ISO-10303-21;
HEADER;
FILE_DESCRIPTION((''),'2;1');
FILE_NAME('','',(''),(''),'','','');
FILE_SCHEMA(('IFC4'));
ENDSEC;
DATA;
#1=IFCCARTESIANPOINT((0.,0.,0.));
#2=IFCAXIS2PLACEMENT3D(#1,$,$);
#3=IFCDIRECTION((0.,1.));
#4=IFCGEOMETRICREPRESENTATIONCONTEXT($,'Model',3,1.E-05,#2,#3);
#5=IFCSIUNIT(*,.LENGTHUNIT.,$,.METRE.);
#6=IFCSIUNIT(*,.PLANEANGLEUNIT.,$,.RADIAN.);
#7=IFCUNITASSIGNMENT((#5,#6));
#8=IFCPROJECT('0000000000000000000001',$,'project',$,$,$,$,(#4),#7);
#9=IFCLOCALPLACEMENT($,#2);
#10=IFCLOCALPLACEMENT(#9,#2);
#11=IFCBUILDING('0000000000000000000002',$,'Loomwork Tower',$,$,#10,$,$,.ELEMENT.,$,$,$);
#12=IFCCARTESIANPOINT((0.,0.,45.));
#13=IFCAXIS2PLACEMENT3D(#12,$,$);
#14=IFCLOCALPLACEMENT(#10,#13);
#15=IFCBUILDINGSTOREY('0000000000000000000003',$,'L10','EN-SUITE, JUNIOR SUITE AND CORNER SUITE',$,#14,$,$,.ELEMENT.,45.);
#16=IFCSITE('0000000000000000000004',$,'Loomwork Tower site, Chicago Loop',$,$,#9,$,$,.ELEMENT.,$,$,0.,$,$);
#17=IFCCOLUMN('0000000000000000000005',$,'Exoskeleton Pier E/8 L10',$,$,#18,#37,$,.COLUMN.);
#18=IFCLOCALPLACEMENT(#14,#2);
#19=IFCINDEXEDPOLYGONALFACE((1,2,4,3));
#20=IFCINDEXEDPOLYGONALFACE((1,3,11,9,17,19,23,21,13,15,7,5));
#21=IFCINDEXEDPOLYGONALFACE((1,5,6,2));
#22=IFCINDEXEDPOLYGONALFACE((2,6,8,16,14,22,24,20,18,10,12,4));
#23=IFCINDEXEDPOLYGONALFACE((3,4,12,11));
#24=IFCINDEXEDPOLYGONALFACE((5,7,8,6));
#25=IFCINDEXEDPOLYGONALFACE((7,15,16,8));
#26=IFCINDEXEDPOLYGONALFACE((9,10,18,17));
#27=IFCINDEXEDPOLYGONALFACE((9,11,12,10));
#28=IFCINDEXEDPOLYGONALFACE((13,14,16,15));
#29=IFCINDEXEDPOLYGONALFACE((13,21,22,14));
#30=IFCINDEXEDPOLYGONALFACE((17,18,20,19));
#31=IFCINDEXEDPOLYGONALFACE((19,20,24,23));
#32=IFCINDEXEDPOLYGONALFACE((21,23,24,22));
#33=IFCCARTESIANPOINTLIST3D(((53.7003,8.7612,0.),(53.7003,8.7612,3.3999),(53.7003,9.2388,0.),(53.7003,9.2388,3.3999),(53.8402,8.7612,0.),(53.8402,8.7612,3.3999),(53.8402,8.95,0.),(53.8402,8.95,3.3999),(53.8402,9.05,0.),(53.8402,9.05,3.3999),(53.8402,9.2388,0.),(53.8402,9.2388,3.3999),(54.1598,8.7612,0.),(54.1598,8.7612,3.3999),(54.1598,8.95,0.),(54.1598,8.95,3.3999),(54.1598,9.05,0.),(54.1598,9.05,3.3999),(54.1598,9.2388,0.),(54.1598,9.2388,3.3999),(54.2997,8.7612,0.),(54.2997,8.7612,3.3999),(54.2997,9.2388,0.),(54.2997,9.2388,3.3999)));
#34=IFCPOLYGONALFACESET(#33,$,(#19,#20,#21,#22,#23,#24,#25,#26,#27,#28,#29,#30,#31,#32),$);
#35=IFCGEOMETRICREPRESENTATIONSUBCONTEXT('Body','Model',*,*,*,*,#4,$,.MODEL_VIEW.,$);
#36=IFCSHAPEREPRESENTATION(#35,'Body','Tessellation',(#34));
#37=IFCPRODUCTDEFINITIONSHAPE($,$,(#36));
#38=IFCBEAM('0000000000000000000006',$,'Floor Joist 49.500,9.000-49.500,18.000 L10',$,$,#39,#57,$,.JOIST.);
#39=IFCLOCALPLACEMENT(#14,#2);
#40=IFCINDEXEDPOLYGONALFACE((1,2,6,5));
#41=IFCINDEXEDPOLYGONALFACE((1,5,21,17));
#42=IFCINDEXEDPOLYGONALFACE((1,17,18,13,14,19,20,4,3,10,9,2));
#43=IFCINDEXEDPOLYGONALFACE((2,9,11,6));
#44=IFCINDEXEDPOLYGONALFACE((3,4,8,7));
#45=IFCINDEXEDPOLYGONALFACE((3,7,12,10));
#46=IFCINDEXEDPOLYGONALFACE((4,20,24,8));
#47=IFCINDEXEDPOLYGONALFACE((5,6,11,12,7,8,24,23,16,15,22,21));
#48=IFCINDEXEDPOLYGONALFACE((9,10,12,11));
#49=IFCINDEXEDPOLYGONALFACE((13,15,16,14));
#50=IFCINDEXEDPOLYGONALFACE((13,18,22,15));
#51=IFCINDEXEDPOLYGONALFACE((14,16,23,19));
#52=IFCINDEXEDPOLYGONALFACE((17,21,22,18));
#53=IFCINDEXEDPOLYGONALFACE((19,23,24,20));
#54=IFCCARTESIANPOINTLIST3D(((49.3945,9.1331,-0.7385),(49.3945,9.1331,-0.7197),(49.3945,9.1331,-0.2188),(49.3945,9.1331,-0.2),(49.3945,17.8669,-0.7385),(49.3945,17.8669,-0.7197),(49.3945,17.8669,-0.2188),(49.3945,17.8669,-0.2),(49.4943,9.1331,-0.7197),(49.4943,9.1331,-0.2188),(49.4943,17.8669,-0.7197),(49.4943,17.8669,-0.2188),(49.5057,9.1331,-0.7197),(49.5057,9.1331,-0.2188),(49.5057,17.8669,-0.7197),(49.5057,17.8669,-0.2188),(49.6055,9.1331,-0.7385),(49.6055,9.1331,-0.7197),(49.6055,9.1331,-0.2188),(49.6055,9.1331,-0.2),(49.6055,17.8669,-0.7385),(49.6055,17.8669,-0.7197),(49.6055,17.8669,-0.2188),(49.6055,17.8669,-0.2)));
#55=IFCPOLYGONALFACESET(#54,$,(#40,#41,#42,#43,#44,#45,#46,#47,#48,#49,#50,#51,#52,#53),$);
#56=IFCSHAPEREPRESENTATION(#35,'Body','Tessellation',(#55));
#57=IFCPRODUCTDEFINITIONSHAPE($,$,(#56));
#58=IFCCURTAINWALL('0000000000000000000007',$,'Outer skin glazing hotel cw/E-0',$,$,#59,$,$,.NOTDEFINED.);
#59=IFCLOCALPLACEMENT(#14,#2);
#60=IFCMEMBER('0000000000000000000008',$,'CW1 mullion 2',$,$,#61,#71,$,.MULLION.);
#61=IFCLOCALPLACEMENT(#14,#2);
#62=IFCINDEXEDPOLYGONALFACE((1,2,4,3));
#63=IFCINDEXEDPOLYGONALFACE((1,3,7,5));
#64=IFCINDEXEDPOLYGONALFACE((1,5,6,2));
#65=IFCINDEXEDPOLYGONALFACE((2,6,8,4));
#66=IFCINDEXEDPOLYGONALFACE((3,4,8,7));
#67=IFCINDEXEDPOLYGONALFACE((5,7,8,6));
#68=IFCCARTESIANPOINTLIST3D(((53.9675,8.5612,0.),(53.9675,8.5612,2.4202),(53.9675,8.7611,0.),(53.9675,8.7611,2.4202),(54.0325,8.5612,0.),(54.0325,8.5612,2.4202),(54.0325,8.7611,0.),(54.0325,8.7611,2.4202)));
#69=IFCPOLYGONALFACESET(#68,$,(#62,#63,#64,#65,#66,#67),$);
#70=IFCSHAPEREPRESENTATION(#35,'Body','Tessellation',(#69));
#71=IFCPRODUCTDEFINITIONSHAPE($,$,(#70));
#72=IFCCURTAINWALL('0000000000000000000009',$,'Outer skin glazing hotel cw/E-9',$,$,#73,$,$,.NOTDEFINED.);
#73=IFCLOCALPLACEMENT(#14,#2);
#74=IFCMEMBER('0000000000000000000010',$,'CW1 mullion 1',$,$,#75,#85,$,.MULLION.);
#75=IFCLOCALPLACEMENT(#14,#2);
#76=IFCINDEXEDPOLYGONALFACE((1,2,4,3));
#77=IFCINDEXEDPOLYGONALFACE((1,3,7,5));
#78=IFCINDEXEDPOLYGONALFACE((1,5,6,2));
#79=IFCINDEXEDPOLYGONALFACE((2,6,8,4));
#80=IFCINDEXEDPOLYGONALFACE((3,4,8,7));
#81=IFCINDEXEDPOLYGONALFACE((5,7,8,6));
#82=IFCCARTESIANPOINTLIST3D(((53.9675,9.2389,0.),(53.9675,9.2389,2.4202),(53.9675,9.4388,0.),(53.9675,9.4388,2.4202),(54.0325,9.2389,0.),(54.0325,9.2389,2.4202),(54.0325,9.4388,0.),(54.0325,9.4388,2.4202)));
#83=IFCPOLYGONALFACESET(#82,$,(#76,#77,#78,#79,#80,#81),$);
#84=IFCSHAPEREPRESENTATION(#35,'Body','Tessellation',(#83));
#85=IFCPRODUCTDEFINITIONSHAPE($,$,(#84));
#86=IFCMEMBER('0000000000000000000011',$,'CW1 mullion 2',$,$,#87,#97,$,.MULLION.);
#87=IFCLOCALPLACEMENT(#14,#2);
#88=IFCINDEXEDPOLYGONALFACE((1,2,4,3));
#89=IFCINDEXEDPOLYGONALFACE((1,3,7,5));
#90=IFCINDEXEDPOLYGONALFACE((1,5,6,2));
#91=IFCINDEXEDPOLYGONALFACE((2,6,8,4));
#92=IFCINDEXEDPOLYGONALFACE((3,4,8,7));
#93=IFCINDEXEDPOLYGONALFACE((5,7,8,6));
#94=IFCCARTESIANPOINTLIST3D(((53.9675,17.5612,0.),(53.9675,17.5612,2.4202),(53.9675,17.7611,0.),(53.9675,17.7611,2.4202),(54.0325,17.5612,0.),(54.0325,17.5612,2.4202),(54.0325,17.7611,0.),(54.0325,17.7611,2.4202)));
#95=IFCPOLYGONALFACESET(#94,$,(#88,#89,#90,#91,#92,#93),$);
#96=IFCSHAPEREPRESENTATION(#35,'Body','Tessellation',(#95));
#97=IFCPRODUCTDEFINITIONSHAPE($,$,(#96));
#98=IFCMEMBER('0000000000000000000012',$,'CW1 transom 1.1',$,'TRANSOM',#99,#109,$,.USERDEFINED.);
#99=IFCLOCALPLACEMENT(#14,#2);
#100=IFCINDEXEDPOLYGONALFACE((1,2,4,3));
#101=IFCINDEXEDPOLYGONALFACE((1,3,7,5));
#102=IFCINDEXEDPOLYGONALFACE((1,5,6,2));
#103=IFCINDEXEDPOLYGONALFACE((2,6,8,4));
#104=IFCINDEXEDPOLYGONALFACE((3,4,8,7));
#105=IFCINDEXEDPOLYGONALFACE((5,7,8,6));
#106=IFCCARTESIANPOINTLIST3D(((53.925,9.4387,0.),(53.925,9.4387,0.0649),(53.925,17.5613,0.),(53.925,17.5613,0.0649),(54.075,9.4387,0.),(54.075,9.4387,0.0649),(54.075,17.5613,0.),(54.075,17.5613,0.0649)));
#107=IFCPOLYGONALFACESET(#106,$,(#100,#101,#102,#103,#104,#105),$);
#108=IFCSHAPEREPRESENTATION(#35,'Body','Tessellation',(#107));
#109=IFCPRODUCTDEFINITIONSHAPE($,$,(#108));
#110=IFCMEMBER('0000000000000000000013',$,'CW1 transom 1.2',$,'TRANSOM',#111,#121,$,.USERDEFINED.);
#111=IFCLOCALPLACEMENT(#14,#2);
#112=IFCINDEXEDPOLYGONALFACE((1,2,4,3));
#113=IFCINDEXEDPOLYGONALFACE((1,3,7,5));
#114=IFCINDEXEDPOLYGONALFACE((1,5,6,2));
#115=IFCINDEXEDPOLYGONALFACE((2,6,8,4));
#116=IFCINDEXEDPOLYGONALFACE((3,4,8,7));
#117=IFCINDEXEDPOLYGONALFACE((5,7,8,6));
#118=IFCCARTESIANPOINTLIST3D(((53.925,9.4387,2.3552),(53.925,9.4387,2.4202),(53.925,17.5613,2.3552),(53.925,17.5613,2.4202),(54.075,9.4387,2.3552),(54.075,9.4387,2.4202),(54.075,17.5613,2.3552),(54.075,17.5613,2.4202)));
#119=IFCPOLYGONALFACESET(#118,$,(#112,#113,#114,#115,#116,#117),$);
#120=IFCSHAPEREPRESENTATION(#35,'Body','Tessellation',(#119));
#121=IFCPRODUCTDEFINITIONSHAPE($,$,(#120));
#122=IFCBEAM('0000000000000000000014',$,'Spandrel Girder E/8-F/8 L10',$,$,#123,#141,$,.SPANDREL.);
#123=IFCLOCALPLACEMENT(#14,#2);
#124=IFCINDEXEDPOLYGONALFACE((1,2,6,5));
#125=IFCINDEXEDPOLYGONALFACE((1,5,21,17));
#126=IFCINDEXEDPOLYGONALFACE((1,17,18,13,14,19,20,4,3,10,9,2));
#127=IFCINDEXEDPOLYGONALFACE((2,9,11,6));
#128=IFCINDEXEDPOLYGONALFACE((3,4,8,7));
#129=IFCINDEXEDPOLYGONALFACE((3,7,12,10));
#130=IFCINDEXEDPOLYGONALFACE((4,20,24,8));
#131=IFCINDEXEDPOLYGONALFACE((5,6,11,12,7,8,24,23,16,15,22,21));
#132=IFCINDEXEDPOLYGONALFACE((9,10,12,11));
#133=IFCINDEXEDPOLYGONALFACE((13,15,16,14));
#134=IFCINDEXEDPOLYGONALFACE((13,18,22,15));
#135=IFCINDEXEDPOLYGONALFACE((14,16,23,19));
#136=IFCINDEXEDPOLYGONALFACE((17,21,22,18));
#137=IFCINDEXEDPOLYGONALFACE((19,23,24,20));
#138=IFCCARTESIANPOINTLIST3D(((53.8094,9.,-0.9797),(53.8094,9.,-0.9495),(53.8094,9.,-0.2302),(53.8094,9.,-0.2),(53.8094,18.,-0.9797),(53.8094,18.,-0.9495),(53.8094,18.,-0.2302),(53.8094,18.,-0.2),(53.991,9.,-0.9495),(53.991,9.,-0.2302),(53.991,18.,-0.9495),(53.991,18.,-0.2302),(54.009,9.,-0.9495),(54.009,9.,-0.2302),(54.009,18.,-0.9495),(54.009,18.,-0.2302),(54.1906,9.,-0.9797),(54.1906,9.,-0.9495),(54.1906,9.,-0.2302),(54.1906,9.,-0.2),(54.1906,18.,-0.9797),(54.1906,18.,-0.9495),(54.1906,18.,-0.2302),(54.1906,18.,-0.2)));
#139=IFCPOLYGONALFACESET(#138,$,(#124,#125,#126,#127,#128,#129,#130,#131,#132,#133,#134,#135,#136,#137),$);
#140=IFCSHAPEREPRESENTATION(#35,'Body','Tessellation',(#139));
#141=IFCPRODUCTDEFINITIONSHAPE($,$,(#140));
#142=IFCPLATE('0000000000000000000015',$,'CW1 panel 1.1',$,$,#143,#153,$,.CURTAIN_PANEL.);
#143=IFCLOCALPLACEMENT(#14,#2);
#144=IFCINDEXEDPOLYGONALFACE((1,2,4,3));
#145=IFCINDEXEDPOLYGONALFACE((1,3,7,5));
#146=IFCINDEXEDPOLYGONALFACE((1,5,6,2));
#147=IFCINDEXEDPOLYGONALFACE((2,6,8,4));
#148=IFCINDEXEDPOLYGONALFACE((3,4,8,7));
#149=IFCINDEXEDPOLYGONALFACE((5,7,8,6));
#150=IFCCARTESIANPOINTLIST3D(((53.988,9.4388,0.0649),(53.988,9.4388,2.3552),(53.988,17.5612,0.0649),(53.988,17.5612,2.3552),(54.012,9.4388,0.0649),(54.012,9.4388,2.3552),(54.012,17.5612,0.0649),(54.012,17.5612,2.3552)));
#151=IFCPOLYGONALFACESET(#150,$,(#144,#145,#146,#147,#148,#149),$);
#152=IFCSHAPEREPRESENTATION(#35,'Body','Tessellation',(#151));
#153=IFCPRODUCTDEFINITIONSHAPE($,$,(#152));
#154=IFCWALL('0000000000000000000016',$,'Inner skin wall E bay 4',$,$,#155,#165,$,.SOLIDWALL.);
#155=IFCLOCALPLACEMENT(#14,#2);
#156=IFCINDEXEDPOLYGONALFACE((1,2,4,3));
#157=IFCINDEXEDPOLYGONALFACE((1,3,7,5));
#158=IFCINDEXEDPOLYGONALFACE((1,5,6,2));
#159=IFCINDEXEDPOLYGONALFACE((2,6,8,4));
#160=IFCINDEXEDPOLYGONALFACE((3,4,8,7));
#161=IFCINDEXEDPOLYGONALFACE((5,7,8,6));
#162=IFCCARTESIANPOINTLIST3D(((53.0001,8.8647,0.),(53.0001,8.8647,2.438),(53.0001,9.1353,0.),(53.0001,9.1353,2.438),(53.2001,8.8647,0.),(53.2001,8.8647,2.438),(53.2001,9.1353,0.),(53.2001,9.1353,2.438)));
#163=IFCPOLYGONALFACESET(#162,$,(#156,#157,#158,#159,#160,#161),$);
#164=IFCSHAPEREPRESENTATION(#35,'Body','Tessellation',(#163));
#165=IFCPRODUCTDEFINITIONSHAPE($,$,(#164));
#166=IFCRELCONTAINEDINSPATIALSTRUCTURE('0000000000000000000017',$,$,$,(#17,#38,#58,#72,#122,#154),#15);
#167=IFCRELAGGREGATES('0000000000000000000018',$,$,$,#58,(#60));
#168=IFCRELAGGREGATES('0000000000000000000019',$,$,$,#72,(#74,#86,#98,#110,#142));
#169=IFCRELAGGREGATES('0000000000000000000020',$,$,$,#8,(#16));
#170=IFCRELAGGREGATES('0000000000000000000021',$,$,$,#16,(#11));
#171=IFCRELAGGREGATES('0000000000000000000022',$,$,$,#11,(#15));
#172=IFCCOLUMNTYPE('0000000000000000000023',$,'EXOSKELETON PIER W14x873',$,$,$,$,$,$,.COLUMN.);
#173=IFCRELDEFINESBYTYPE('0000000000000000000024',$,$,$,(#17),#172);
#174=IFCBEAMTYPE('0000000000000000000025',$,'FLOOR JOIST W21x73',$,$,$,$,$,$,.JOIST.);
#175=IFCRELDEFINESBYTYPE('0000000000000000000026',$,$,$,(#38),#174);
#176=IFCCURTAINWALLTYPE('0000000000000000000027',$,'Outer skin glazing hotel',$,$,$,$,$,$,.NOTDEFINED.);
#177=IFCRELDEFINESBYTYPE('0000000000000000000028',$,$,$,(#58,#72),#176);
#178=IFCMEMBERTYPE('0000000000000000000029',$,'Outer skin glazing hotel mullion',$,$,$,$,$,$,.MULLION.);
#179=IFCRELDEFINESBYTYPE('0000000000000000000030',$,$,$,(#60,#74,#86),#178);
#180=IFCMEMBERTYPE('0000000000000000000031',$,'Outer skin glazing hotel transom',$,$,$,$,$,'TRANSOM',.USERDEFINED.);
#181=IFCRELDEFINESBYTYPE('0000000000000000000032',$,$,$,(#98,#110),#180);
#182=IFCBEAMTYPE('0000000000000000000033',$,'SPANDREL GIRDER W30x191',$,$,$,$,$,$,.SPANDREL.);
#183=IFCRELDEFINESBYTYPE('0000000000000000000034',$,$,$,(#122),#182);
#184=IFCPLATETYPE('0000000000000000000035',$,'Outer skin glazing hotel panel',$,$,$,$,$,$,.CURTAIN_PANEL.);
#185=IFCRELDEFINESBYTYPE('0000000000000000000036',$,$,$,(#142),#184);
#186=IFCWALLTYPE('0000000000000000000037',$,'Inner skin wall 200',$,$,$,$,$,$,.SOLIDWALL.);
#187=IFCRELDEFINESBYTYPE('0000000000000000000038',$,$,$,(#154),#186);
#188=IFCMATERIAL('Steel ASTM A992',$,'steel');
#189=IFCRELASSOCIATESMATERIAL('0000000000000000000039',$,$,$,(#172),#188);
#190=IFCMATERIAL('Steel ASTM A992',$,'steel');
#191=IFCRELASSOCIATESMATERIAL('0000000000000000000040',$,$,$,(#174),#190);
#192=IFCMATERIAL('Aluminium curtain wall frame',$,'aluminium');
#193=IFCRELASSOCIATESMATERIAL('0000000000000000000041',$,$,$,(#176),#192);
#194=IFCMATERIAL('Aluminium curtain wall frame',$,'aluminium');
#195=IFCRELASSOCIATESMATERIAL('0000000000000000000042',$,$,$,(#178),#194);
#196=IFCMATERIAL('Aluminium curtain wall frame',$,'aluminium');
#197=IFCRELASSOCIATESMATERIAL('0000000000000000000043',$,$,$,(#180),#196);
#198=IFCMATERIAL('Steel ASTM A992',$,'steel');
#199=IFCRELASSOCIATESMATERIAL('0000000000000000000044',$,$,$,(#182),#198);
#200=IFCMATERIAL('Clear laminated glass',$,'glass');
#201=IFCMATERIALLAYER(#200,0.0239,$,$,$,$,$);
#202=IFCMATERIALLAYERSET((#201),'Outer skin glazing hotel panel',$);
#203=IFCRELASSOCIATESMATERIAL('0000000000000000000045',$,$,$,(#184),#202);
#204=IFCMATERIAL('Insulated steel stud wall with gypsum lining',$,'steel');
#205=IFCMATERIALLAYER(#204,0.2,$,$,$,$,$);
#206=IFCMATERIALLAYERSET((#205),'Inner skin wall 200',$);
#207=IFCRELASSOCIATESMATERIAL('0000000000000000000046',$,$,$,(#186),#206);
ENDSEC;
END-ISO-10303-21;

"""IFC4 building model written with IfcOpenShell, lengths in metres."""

from ifc_helpers import new_model, si_unit, direction, frame, frame_2d, origin, origin_2d, place, context, subcontext, project, spatial, rectangle, i_section, extrude, material, layer, layer_set, material_profile, profile_set, type_object, element, aggregate, save


model = new_model("IFC4")

# Units and contexts
model_context = context("Model", 3, precision=1e-05, world=origin(), true_north=direction((0.0, 1.0)))
body_context = subcontext(model_context, "Body", "Model", "MODEL_VIEW")
ifc_project = project(units=[si_unit("LENGTHUNIT", "METRE"), si_unit("PLANEANGLEUNIT", "RADIAN")], contexts=[model_context])

# Site, building, storey
site_placement = place(None, origin())
site = spatial("IfcSite", under=ifc_project, at=site_placement, Name="Loomwork Tower site, Chicago Loop", CompositionType="ELEMENT", RefElevation=0.0)
building_placement = place(site_placement, origin())
building = spatial("IfcBuilding", under=site, at=building_placement, Name="Loomwork Tower", CompositionType="ELEMENT")
storey_placement = place(building_placement, frame((0.0, 0.0, 45.0)))
storey = spatial("IfcBuildingStorey", under=building, at=storey_placement, Name="L10", Description="EN-SUITE, JUNIOR SUITE AND CORNER SUITE", CompositionType="ELEMENT", Elevation=45.0)

# Column
ifc_material_1 = material(Name="Steel ASTM A992", Category="steel")
ifc_material_profile_1 = material_profile(ifc_material_1, i_section(OverallWidth=0.4775, OverallDepth=0.5994, WebThickness=0.1001, FlangeThickness=0.1399, at=origin_2d()), Name="W14x873")
ifc_profile_set_1 = profile_set([ifc_material_profile_1], Name="Steel ASTM A992")
column_type = type_object("IfcColumnType", Name="EXOSKELETON PIER W14x873", PredefinedType="COLUMN", material=ifc_profile_set_1)
column_placement = place(storey_placement, frame((54.0, 9.0, 0.0), z_axis=(0.0, 0.0, 1.0), x_axis=(0.0, 1.0, 0.0)))
element("IfcColumn", 1, at=column_placement, inside=storey, type_object=column_type, Name="Exoskeleton Pier E/8 L10", PredefinedType="COLUMN", context=body_context, shape_type="SweptSolid", body=[
    extrude(i_section(OverallWidth=0.4775, OverallDepth=0.5994, WebThickness=0.1001, FlangeThickness=0.1399, at=origin_2d()), origin(), (0.0, 0.0, 1.0), 3.3999),
])

# Beam
ifc_material_2 = material(Name="Steel ASTM A992", Category="steel")
ifc_material_profile_2 = material_profile(ifc_material_2, i_section(OverallWidth=0.2109, OverallDepth=0.5386, WebThickness=0.0115, FlangeThickness=0.0188, at=origin_2d()), Name="W21x73")
ifc_profile_set_2 = profile_set([ifc_material_profile_2], Name="Steel ASTM A992")
beam_type_1 = type_object("IfcBeamType", Name="FLOOR JOIST W21x73", PredefinedType="JOIST", material=ifc_profile_set_2)
beam_1_placement = place(storey_placement, frame((49.5, 9.1331, -0.4692), z_axis=(0.0, 1.0, 0.0), x_axis=(-1.0, 0.0, 0.0)))
element("IfcBeam", 2, at=beam_1_placement, inside=storey, type_object=beam_type_1, Name="Floor Joist 49.500,9.000-49.500,18.000 L10", PredefinedType="JOIST", context=body_context, shape_type="SweptSolid", body=[
    extrude(i_section(OverallWidth=0.2109, OverallDepth=0.5386, WebThickness=0.0115, FlangeThickness=0.0188, at=origin_2d()), origin(), (0.0, 0.0, 1.0), 8.7339),
])

# Curtain wall, member
ifc_material_3 = material(Name="Aluminium curtain wall frame", Category="aluminium")
curtain_wall_type = type_object("IfcCurtainWallType", Name="Outer skin glazing hotel", PredefinedType="NOTDEFINED", material=ifc_material_3)
curtain_wall_1_placement = place(storey_placement, origin())
curtain_wall_1 = element("IfcCurtainWall", 3, at=curtain_wall_1_placement, inside=storey, type_object=curtain_wall_type, Name="Outer skin glazing hotel cw/E-0", PredefinedType="NOTDEFINED")
ifc_material_4 = material(Name="Aluminium curtain wall frame", Category="aluminium")
ifc_material_profile_3 = material_profile(ifc_material_4, rectangle(XDim=0.0649, YDim=0.2, at=origin_2d()), Name="AL 65x200")
ifc_profile_set_3 = profile_set([ifc_material_profile_3], Name="Aluminium curtain wall frame")
member_type_1 = type_object("IfcMemberType", Name="Outer skin glazing hotel mullion", PredefinedType="MULLION", material=ifc_profile_set_3)
member_1_placement = place(storey_placement, frame((54.0, 8.6611, 0.0), z_axis=(0.0, 0.0, 1.0), x_axis=(-1.0, 0.0, 0.0)))
member_1 = element("IfcMember", 4, at=member_1_placement, type_object=member_type_1, Name="CW1 mullion 2", PredefinedType="MULLION", context=body_context, shape_type="SweptSolid", body=[
    extrude(rectangle(XDim=0.0649, YDim=0.2, at=origin_2d()), origin(), (0.0, 0.0, 1.0), 2.4202),
])
aggregate(curtain_wall_1, [member_1])

# Curtain wall, members
curtain_wall_2_placement = place(storey_placement, origin())
curtain_wall_2 = element("IfcCurtainWall", 5, at=curtain_wall_2_placement, inside=storey, type_object=curtain_wall_type, Name="Outer skin glazing hotel cw/E-9", PredefinedType="NOTDEFINED")
member_2_placement = place(storey_placement, frame((54.0, 9.3389, 0.0), z_axis=(0.0, 0.0, 1.0), x_axis=(-1.0, 0.0, 0.0)))
member_2 = element("IfcMember", 6, at=member_2_placement, type_object=member_type_1, Name="CW1 mullion 1", PredefinedType="MULLION", context=body_context, shape_type="SweptSolid", body=[
    extrude(rectangle(XDim=0.0649, YDim=0.2, at=origin_2d()), origin(), (0.0, 0.0, 1.0), 2.4202),
])
member_3_placement = place(storey_placement, frame((54.0, 17.6611, 0.0), z_axis=(0.0, 0.0, 1.0), x_axis=(-1.0, 0.0, 0.0)))
member_3 = element("IfcMember", 7, at=member_3_placement, type_object=member_type_1, Name="CW1 mullion 2", PredefinedType="MULLION", context=body_context, shape_type="SweptSolid", body=[
    extrude(rectangle(XDim=0.0649, YDim=0.2, at=origin_2d()), origin(), (0.0, 0.0, 1.0), 2.4202),
])
ifc_material_5 = material(Name="Aluminium curtain wall frame", Category="aluminium")
ifc_material_profile_4 = material_profile(ifc_material_5, rectangle(XDim=0.1499, YDim=0.0649, at=origin_2d()), Name="AL 65x150")
ifc_profile_set_4 = profile_set([ifc_material_profile_4], Name="Aluminium curtain wall frame")
member_type_2 = type_object("IfcMemberType", Name="Outer skin glazing hotel transom", ElementType="TRANSOM", PredefinedType="USERDEFINED", material=ifc_profile_set_4)
member_4_placement = place(storey_placement, frame((54.0, 9.4387, 0.0325), z_axis=(0.0, 1.0, 0.0), x_axis=(-1.0, 0.0, 0.0)))
member_4 = element("IfcMember", 8, at=member_4_placement, type_object=member_type_2, Name="CW1 transom 1.1", ObjectType="TRANSOM", PredefinedType="USERDEFINED", context=body_context, shape_type="SweptSolid", body=[
    extrude(rectangle(XDim=0.1499, YDim=0.0649, at=origin_2d()), origin(), (0.0, 0.0, 1.0), 8.1226),
])
member_5_placement = place(storey_placement, frame((54.0, 9.4387, 2.3877), z_axis=(0.0, 1.0, 0.0), x_axis=(-1.0, 0.0, 0.0)))
member_5 = element("IfcMember", 9, at=member_5_placement, type_object=member_type_2, Name="CW1 transom 1.2", ObjectType="TRANSOM", PredefinedType="USERDEFINED", context=body_context, shape_type="SweptSolid", body=[
    extrude(rectangle(XDim=0.1499, YDim=0.0649, at=origin_2d()), origin(), (0.0, 0.0, 1.0), 8.1226),
])

# Beam
ifc_material_6 = material(Name="Steel ASTM A992", Category="steel")
ifc_material_profile_5 = material_profile(ifc_material_6, i_section(OverallWidth=0.3811, OverallDepth=0.7798, WebThickness=0.0181, FlangeThickness=0.0303, at=origin_2d()), Name="W30x191")
ifc_profile_set_5 = profile_set([ifc_material_profile_5], Name="Steel ASTM A992")
beam_type_2 = type_object("IfcBeamType", Name="SPANDREL GIRDER W30x191", PredefinedType="SPANDREL", material=ifc_profile_set_5)
beam_2_placement = place(storey_placement, frame((54.0, 9.0, -0.5898), z_axis=(0.0, 1.0, 0.0), x_axis=(-1.0, 0.0, 0.0)))
element("IfcBeam", 10, at=beam_2_placement, inside=storey, type_object=beam_type_2, Name="Spandrel Girder E/8-F/8 L10", PredefinedType="SPANDREL", context=body_context, shape_type="SweptSolid", body=[
    extrude(i_section(OverallWidth=0.3811, OverallDepth=0.7798, WebThickness=0.0181, FlangeThickness=0.0303, at=origin_2d()), origin(), (0.0, 0.0, 1.0), 9.0),
])

# Plate
ifc_material_7 = material(Name="Clear laminated glass", Category="glass")
ifc_layer_1 = layer(ifc_material_7, 0.0239)
ifc_layer_set_1 = layer_set([ifc_layer_1], Name="Outer skin glazing hotel panel")
plate_type = type_object("IfcPlateType", Name="Outer skin glazing hotel panel", PredefinedType="CURTAIN_PANEL", material=ifc_layer_set_1)
plate_placement = place(storey_placement, frame((54.0, 13.5, 0.0649), z_axis=(0.0, 0.0, 1.0), x_axis=(0.0, 1.0, 0.0)))
plate = element("IfcPlate", 11, at=plate_placement, type_object=plate_type, Name="CW1 panel 1.1", PredefinedType="CURTAIN_PANEL", context=body_context, shape_type="SweptSolid", body=[
    extrude(rectangle(XDim=8.1223, YDim=0.0239, at=origin_2d()), origin(), (0.0, 0.0, 1.0), 2.2903),
])
aggregate(curtain_wall_2, [member_2, member_3, member_4, member_5, plate])

# Wall
ifc_material_8 = material(Name="Insulated steel stud wall with gypsum lining", Category="steel")
ifc_layer_2 = layer(ifc_material_8, 0.2)
ifc_layer_set_2 = layer_set([ifc_layer_2], Name="Inner skin wall 200")
wall_type = type_object("IfcWallType", Name="Inner skin wall 200", PredefinedType="SOLIDWALL", material=ifc_layer_set_2)
wall_1_placement = place(storey_placement, frame((53.1001, 8.8647, 0.0), z_axis=(0.0, 0.0, 1.0), x_axis=(0.0, 1.0, 0.0)))
element("IfcWall", 12, at=wall_1_placement, inside=storey, type_object=wall_type, Name="Inner skin wall E bay 4", PredefinedType="SOLIDWALL", context=body_context, shape_type="SweptSolid", body=[
    extrude(rectangle(XDim=0.2705, YDim=0.2, at=frame_2d((0.1353, 0.0))), origin(), (0.0, 0.0, 1.0), 2.438),
])

save(model, "model.ifc")
